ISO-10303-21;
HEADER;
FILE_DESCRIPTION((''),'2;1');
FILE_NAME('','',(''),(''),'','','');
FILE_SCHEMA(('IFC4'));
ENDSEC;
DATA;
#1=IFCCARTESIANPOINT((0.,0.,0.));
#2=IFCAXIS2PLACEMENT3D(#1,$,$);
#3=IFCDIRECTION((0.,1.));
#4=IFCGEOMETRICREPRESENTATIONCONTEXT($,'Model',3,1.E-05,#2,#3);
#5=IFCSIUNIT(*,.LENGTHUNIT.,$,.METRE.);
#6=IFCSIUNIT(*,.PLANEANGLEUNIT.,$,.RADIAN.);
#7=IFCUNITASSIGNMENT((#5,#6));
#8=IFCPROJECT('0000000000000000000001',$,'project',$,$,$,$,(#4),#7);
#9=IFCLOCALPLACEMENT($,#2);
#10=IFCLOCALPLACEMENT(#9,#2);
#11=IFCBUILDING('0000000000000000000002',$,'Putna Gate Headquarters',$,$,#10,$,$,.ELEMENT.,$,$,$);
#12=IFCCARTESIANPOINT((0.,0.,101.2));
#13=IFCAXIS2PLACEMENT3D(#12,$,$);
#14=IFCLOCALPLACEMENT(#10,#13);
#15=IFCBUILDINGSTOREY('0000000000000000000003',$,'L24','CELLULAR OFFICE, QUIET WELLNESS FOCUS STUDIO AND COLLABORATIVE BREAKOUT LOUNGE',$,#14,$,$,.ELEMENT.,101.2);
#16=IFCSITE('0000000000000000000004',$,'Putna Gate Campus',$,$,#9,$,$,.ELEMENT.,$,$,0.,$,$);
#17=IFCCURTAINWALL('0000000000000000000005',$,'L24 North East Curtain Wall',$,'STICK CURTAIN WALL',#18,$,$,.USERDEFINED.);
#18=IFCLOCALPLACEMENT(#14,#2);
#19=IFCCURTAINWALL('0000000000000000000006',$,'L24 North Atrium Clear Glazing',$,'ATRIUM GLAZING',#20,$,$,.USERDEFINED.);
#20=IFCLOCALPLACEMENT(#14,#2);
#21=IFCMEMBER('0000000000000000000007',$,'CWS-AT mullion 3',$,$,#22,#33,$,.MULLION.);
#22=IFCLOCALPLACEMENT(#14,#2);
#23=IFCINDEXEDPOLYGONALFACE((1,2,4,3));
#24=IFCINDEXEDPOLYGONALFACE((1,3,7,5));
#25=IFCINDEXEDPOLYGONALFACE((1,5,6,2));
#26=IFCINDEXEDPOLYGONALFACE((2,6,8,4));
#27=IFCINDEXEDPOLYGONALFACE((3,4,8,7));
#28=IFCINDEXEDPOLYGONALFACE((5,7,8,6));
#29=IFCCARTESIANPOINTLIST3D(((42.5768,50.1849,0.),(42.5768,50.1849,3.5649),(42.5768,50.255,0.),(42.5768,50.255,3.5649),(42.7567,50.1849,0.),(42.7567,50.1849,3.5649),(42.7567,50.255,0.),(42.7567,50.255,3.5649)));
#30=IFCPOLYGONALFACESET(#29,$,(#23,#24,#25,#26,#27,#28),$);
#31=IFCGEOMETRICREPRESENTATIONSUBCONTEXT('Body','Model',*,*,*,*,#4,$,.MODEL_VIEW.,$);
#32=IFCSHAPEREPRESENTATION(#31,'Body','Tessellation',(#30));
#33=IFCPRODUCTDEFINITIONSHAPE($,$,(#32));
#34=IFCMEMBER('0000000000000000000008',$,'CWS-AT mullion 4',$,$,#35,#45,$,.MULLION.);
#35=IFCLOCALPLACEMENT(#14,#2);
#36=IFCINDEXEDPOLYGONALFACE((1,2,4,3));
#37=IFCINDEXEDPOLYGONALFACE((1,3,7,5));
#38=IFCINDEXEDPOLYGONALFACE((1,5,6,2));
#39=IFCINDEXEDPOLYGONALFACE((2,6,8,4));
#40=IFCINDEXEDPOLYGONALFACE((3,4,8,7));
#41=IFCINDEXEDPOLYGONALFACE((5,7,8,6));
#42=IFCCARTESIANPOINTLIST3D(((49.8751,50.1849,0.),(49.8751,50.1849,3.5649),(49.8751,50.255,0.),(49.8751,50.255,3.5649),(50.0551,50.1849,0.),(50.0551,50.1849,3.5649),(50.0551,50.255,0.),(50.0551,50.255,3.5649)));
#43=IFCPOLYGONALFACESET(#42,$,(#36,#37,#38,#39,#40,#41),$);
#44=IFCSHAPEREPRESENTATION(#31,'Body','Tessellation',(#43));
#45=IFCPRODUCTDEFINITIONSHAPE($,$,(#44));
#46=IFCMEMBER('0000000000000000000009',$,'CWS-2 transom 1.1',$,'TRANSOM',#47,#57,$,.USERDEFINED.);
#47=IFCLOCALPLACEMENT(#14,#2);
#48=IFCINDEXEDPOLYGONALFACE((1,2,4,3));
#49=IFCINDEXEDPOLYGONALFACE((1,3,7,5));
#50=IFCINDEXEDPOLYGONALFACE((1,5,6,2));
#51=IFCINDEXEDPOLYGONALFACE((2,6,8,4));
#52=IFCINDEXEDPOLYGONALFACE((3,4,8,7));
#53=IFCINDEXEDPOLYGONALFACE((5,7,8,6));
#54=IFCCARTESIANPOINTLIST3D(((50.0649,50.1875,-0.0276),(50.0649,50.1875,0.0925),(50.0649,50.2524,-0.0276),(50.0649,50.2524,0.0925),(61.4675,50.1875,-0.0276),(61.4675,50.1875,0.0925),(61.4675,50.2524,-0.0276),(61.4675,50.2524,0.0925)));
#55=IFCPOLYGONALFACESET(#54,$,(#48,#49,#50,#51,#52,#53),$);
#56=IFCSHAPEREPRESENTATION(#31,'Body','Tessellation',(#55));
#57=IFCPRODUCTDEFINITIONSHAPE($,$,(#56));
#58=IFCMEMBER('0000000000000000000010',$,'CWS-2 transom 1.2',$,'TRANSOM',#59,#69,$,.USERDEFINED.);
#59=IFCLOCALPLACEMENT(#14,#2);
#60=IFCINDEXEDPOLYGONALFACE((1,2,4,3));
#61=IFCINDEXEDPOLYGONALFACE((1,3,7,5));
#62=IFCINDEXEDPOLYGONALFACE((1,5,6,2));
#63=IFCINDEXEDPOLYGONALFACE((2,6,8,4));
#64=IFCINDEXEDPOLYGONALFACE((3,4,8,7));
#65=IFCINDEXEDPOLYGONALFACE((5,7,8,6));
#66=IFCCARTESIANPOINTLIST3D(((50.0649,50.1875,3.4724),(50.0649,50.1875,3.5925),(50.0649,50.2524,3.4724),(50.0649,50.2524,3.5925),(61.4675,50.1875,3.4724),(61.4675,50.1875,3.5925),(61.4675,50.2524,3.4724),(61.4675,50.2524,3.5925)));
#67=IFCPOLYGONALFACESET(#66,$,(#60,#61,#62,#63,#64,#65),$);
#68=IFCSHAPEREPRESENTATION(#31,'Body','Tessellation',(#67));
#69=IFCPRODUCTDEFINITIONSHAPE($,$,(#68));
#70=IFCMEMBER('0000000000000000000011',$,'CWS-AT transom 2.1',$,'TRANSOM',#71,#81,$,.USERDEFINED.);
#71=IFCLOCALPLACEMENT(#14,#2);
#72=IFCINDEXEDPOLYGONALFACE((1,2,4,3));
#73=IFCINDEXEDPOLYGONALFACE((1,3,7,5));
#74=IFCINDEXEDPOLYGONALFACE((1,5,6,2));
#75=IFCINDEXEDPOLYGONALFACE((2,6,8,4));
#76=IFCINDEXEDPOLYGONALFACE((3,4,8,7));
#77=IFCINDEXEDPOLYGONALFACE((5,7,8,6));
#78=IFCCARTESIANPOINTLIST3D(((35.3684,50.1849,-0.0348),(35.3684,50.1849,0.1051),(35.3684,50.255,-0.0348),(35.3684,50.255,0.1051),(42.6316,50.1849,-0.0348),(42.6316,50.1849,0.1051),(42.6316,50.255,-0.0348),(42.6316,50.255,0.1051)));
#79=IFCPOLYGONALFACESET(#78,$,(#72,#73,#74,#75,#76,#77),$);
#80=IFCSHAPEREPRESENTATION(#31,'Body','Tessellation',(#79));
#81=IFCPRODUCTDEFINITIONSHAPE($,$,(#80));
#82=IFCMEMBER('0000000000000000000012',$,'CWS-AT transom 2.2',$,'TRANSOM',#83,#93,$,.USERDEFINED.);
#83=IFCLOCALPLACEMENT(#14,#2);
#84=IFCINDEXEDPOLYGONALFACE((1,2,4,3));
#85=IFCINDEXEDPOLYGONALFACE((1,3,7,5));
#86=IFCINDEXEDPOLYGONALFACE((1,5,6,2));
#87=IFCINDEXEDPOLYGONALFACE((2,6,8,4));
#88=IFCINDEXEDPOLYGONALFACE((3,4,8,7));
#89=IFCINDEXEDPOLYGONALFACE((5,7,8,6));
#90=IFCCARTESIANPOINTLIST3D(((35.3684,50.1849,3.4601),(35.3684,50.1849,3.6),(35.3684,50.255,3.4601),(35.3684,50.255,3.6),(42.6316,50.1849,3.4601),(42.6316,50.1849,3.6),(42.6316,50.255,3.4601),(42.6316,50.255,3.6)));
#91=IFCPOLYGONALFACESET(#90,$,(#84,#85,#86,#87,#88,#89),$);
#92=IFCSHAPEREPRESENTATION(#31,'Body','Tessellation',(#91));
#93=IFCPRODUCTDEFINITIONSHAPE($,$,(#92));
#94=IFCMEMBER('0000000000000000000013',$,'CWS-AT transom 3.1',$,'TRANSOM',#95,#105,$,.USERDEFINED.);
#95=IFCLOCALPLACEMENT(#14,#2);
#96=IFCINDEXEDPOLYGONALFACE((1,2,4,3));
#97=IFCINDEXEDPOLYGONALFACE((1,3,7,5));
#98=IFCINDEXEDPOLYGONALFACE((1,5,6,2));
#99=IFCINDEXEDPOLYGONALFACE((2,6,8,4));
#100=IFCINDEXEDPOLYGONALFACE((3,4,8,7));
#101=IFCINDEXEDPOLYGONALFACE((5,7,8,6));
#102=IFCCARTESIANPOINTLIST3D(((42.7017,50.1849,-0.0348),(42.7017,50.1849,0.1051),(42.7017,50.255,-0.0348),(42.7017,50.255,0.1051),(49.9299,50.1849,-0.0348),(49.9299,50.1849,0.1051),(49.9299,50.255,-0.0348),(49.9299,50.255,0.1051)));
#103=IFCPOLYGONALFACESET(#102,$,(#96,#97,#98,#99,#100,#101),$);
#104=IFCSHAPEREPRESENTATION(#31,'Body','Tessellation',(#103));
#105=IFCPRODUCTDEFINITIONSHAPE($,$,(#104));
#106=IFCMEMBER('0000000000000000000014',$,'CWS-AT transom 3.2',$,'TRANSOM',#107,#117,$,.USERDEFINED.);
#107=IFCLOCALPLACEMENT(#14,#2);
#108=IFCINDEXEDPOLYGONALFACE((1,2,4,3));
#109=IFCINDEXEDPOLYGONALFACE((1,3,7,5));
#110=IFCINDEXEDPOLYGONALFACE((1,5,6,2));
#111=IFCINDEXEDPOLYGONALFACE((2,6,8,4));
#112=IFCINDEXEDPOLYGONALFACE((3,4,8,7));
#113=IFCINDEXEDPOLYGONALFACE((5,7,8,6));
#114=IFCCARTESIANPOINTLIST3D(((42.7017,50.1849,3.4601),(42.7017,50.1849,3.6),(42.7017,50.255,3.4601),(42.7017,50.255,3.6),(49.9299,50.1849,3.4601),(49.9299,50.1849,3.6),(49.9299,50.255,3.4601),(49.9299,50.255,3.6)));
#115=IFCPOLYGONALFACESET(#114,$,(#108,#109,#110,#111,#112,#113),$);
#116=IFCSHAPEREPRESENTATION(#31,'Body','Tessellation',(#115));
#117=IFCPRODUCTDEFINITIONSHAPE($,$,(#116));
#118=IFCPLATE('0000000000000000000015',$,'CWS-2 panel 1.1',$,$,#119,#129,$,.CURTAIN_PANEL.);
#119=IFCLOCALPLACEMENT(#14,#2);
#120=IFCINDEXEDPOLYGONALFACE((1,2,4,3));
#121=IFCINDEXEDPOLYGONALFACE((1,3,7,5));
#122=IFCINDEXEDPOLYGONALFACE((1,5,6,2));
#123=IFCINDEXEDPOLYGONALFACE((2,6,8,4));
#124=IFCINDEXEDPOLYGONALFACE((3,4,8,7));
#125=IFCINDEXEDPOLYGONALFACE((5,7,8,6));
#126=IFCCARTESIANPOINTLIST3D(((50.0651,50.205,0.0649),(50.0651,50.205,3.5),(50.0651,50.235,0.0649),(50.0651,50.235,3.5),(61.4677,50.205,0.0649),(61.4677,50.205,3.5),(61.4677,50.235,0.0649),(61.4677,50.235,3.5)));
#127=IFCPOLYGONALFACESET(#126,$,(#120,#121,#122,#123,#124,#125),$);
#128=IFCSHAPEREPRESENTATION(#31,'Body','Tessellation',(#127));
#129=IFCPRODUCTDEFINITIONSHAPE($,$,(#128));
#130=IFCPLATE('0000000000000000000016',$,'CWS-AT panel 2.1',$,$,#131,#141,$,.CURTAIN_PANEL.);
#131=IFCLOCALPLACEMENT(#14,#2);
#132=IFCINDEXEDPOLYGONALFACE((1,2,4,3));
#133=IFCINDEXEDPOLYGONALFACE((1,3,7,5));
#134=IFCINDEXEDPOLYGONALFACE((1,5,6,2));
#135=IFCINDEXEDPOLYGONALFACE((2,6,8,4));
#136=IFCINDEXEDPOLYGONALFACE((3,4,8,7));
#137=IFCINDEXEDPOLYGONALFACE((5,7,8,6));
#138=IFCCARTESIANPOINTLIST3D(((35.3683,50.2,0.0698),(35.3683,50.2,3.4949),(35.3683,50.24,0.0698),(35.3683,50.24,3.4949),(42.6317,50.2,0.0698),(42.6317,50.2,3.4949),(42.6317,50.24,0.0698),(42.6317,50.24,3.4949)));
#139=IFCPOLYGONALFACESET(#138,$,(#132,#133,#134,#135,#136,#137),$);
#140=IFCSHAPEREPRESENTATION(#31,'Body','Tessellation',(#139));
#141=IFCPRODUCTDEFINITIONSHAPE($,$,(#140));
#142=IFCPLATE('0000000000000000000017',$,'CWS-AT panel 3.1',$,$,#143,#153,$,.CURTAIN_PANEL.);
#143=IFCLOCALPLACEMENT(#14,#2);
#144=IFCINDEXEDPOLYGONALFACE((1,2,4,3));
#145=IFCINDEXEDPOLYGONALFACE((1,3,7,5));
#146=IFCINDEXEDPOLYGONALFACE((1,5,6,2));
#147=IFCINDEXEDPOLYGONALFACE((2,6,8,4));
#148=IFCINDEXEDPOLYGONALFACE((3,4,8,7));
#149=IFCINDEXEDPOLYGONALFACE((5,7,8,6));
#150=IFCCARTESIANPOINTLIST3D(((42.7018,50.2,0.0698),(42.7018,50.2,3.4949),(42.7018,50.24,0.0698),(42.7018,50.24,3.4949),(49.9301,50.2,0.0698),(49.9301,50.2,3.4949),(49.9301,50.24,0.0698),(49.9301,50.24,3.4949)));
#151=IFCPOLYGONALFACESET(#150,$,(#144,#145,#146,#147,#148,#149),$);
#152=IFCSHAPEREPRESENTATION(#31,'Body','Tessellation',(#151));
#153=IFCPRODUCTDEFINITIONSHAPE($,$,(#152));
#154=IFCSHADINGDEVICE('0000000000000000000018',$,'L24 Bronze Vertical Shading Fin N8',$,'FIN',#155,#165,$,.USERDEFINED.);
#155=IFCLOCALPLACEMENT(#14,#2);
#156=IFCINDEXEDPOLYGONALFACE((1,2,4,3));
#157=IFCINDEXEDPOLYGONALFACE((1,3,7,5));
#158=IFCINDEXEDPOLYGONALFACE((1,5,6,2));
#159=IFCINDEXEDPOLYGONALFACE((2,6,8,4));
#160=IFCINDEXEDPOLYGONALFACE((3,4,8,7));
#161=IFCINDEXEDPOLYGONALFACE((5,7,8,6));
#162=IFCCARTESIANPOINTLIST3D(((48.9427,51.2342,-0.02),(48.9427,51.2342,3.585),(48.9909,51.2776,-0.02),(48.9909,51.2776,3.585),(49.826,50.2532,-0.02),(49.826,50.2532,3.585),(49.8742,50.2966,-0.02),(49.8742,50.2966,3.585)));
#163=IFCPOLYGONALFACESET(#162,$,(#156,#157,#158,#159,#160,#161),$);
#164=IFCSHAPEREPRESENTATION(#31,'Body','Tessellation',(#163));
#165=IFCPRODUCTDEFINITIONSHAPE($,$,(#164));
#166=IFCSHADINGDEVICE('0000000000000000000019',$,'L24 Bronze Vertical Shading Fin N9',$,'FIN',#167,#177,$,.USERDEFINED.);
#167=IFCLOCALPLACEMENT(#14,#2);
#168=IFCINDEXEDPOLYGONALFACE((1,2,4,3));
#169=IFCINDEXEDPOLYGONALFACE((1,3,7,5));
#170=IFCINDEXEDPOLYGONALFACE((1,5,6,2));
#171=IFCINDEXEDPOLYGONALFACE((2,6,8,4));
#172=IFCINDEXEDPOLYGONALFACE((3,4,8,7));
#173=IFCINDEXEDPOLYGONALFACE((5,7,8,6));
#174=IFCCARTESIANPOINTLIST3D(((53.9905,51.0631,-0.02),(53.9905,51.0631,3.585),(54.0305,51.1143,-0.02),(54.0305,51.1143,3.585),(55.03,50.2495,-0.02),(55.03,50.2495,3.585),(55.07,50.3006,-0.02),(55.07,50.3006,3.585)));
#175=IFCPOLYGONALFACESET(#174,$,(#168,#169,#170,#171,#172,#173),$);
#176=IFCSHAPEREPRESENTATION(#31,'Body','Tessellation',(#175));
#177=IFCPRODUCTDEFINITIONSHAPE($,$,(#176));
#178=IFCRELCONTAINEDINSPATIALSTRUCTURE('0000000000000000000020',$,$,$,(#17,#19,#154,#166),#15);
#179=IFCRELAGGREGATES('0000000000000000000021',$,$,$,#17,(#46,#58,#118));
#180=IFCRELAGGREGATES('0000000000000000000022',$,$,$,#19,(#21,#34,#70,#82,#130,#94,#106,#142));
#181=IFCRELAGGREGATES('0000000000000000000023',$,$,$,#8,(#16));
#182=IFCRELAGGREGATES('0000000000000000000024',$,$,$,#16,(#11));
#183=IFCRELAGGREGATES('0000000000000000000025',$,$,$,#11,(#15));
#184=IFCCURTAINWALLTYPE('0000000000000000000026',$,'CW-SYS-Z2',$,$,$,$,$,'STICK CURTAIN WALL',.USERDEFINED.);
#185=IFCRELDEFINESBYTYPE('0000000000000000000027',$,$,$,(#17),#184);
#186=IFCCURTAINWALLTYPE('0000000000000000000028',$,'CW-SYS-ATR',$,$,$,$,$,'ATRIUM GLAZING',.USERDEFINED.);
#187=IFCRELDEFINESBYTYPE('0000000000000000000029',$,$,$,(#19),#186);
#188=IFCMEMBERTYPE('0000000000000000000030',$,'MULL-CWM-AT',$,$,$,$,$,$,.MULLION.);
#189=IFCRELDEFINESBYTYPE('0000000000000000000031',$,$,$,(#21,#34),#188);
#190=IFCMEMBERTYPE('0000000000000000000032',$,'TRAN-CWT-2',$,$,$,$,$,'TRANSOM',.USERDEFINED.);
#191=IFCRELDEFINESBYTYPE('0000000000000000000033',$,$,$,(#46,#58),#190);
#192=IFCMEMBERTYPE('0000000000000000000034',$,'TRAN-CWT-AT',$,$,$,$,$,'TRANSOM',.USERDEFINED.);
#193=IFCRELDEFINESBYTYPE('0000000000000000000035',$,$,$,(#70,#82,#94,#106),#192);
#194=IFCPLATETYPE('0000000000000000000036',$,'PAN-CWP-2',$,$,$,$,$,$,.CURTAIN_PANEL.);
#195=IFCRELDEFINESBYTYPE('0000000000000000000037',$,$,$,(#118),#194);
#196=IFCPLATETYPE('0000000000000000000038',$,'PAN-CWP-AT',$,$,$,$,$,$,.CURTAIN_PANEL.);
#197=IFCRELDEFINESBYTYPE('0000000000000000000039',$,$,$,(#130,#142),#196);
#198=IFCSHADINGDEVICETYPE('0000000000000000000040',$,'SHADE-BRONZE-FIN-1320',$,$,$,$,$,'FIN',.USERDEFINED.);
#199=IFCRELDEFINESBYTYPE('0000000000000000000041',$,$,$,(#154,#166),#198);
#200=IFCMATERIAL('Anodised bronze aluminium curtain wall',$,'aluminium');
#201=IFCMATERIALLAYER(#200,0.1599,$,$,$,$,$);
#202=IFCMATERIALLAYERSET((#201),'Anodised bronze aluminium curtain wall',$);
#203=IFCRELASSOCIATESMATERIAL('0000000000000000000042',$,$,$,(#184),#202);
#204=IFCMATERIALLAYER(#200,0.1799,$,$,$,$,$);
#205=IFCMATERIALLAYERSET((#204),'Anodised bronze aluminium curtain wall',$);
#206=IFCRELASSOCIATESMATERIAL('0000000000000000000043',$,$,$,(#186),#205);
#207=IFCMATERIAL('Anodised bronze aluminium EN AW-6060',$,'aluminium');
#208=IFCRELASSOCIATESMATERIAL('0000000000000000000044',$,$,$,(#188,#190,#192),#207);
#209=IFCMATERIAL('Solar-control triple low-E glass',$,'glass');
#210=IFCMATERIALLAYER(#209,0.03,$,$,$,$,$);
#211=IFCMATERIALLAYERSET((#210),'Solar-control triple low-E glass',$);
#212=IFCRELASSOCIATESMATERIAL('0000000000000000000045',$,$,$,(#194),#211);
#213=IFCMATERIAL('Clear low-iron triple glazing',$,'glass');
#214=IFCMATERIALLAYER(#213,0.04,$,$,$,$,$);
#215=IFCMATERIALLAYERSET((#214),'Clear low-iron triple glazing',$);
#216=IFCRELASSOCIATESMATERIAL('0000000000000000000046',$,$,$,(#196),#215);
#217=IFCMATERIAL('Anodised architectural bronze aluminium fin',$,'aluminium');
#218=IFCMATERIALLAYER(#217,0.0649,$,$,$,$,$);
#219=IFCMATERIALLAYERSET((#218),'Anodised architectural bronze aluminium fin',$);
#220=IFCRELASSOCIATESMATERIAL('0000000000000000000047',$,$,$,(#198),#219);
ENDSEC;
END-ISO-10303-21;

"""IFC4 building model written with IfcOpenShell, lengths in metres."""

from ifc_helpers import new_model, si_unit, direction, frame, origin, origin_2d, place, context, subcontext, project, spatial, rectangle, extrude, material, layer, layer_set, material_profile, profile_set, type_object, element, aggregate, save


model = new_model("IFC4")

# Units and contexts
model_context = context("Model", 3, precision=1e-05, world=origin(), true_north=direction((0.0, 1.0)))
body_context = subcontext(model_context, "Body", "Model", "MODEL_VIEW")
ifc_project = project(units=[si_unit("LENGTHUNIT", "METRE"), si_unit("PLANEANGLEUNIT", "RADIAN")], contexts=[model_context])

# Site, building, storey
site_placement = place(None, origin())
site = spatial("IfcSite", under=ifc_project, at=site_placement, Name="Putna Gate Campus", CompositionType="ELEMENT", RefElevation=0.0)
building_placement = place(site_placement, origin())
building = spatial("IfcBuilding", under=site, at=building_placement, Name="Putna Gate Headquarters", CompositionType="ELEMENT")
storey_placement = place(building_placement, frame((0.0, 0.0, 101.2)))
storey = spatial("IfcBuildingStorey", under=building, at=storey_placement, Name="L24", Description="CELLULAR OFFICE, QUIET WELLNESS FOCUS STUDIO AND COLLABORATIVE BREAKOUT LOUNGE", CompositionType="ELEMENT", Elevation=101.2)

# Curtain wall
ifc_material_1 = material(Name="Anodised bronze aluminium curtain wall", Category="aluminium")
ifc_layer_1 = layer(ifc_material_1, 0.1599)
ifc_layer_set_1 = layer_set([ifc_layer_1], Name="Anodised bronze aluminium curtain wall")
curtain_wall_type_1 = type_object("IfcCurtainWallType", Name="CW-SYS-Z2", ElementType="STICK CURTAIN WALL", PredefinedType="USERDEFINED", material=ifc_layer_set_1)
curtain_wall_1_placement = place(storey_placement, origin())
curtain_wall_1 = element("IfcCurtainWall", 1, at=curtain_wall_1_placement, inside=storey, type_object=curtain_wall_type_1, Name="L24 North East Curtain Wall", ObjectType="STICK CURTAIN WALL", PredefinedType="USERDEFINED")
ifc_material_2 = material(Name="Anodised bronze aluminium EN AW-6060", Category="aluminium")

# Curtain wall, members
ifc_layer_2 = layer(ifc_material_1, 0.1799)
ifc_layer_set_2 = layer_set([ifc_layer_2], Name="Anodised bronze aluminium curtain wall")
curtain_wall_type_2 = type_object("IfcCurtainWallType", Name="CW-SYS-ATR", ElementType="ATRIUM GLAZING", PredefinedType="USERDEFINED", material=ifc_layer_set_2)
curtain_wall_2_placement = place(storey_placement, origin())
curtain_wall_2 = element("IfcCurtainWall", 2, at=curtain_wall_2_placement, inside=storey, type_object=curtain_wall_type_2, Name="L24 North Atrium Clear Glazing", ObjectType="ATRIUM GLAZING", PredefinedType="USERDEFINED")
ifc_material_profile_1 = material_profile(ifc_material_2, rectangle(XDim=0.0701, YDim=0.1799, at=origin_2d()), Name="Anodised bronze aluminium EN AW-6060")
ifc_profile_set_1 = profile_set([ifc_material_profile_1], Name="Anodised bronze aluminium EN AW-6060")
member_type_1 = type_object("IfcMemberType", Name="MULL-CWM-AT", PredefinedType="MULLION", material=ifc_profile_set_1)
member_1_placement = place(storey_placement, frame((42.6667, 50.22, 0.0), z_axis=(0.0, 0.0, 1.0), x_axis=(0.0, 1.0, 0.0)))
member_1 = element("IfcMember", 3, at=member_1_placement, type_object=member_type_1, Name="CWS-AT mullion 3", PredefinedType="MULLION", context=body_context, shape_type="SweptSolid", body=[
    extrude(rectangle(XDim=0.0701, YDim=0.1799, at=origin_2d()), origin(), (0.0, 0.0, 1.0), 3.5649),
])
member_2_placement = place(storey_placement, frame((49.9651, 50.22, 0.0), z_axis=(0.0, 0.0, 1.0), x_axis=(0.0, 1.0, 0.0)))
member_2 = element("IfcMember", 4, at=member_2_placement, type_object=member_type_1, Name="CWS-AT mullion 4", PredefinedType="MULLION", context=body_context, shape_type="SweptSolid", body=[
    extrude(rectangle(XDim=0.0701, YDim=0.1799, at=origin_2d()), origin(), (0.0, 0.0, 1.0), 3.5649),
])

# Members
ifc_material_profile_2 = material_profile(ifc_material_2, rectangle(XDim=0.0649, YDim=0.1201, at=origin_2d()), Name="Anodised bronze aluminium EN AW-6060")
ifc_profile_set_2 = profile_set([ifc_material_profile_2], Name="Anodised bronze aluminium EN AW-6060")
member_type_2 = type_object("IfcMemberType", Name="TRAN-CWT-2", ElementType="TRANSOM", PredefinedType="USERDEFINED", material=ifc_profile_set_2)
member_3_placement = place(storey_placement, frame((50.0649, 50.22, 0.0325), z_axis=(1.0, 0.0, 0.0), x_axis=(0.0, 1.0, 0.0)))
member_3 = element("IfcMember", 5, at=member_3_placement, type_object=member_type_2, Name="CWS-2 transom 1.1", ObjectType="TRANSOM", PredefinedType="USERDEFINED", context=body_context, shape_type="SweptSolid", body=[
    extrude(rectangle(XDim=0.0649, YDim=0.1201, at=origin_2d()), origin(), (0.0, 0.0, 1.0), 11.4026),
])
member_4_placement = place(storey_placement, frame((50.0649, 50.22, 3.5325), z_axis=(1.0, 0.0, 0.0), x_axis=(0.0, 1.0, 0.0)))
member_4 = element("IfcMember", 6, at=member_4_placement, type_object=member_type_2, Name="CWS-2 transom 1.2", ObjectType="TRANSOM", PredefinedType="USERDEFINED", context=body_context, shape_type="SweptSolid", body=[
    extrude(rectangle(XDim=0.0649, YDim=0.1201, at=origin_2d()), origin(), (0.0, 0.0, 1.0), 11.4026),
])
ifc_material_profile_3 = material_profile(ifc_material_2, rectangle(XDim=0.0701, YDim=0.1399, at=origin_2d()), Name="Anodised bronze aluminium EN AW-6060")
ifc_profile_set_3 = profile_set([ifc_material_profile_3], Name="Anodised bronze aluminium EN AW-6060")
member_type_3 = type_object("IfcMemberType", Name="TRAN-CWT-AT", ElementType="TRANSOM", PredefinedType="USERDEFINED", material=ifc_profile_set_3)
member_5_placement = place(storey_placement, frame((35.3684, 50.22, 0.0352), z_axis=(1.0, 0.0, 0.0), x_axis=(0.0, 1.0, 0.0)))
member_5 = element("IfcMember", 7, at=member_5_placement, type_object=member_type_3, Name="CWS-AT transom 2.1", ObjectType="TRANSOM", PredefinedType="USERDEFINED", context=body_context, shape_type="SweptSolid", body=[
    extrude(rectangle(XDim=0.0701, YDim=0.1399, at=origin_2d()), origin(), (0.0, 0.0, 1.0), 7.2632),
])
member_6_placement = place(storey_placement, frame((35.3684, 50.22, 3.53), z_axis=(1.0, 0.0, 0.0), x_axis=(0.0, 1.0, 0.0)))
member_6 = element("IfcMember", 8, at=member_6_placement, type_object=member_type_3, Name="CWS-AT transom 2.2", ObjectType="TRANSOM", PredefinedType="USERDEFINED", context=body_context, shape_type="SweptSolid", body=[
    extrude(rectangle(XDim=0.0701, YDim=0.1399, at=origin_2d()), origin(), (0.0, 0.0, 1.0), 7.2632),
])
member_7_placement = place(storey_placement, frame((42.7017, 50.22, 0.0352), z_axis=(1.0, 0.0, 0.0), x_axis=(0.0, 1.0, 0.0)))
member_7 = element("IfcMember", 9, at=member_7_placement, type_object=member_type_3, Name="CWS-AT transom 3.1", ObjectType="TRANSOM", PredefinedType="USERDEFINED", context=body_context, shape_type="SweptSolid", body=[
    extrude(rectangle(XDim=0.0701, YDim=0.1399, at=origin_2d()), origin(), (0.0, 0.0, 1.0), 7.2283),
])
member_8_placement = place(storey_placement, frame((42.7017, 50.22, 3.53), z_axis=(1.0, 0.0, 0.0), x_axis=(0.0, 1.0, 0.0)))
member_8 = element("IfcMember", 10, at=member_8_placement, type_object=member_type_3, Name="CWS-AT transom 3.2", ObjectType="TRANSOM", PredefinedType="USERDEFINED", context=body_context, shape_type="SweptSolid", body=[
    extrude(rectangle(XDim=0.0701, YDim=0.1399, at=origin_2d()), origin(), (0.0, 0.0, 1.0), 7.2283),
])

# Plates
ifc_material_3 = material(Name="Solar-control triple low-E glass", Category="glass")
ifc_layer_3 = layer(ifc_material_3, 0.03)
ifc_layer_set_3 = layer_set([ifc_layer_3], Name="Solar-control triple low-E glass")
plate_type_1 = type_object("IfcPlateType", Name="PAN-CWP-2", PredefinedType="CURTAIN_PANEL", material=ifc_layer_set_3)
plate_1_placement = place(storey_placement, frame((55.7664, 50.22, 0.0649), z_axis=(0.0, 0.0, 1.0), x_axis=(1.0, 0.0, 0.0)))
plate_1 = element("IfcPlate", 11, at=plate_1_placement, type_object=plate_type_1, Name="CWS-2 panel 1.1", PredefinedType="CURTAIN_PANEL", context=body_context, shape_type="SweptSolid", body=[
    extrude(rectangle(XDim=11.4026, YDim=0.03, at=origin_2d()), origin(), (0.0, 0.0, 1.0), 3.4351),
])
aggregate(curtain_wall_1, [member_3, member_4, plate_1])
ifc_material_4 = material(Name="Clear low-iron triple glazing", Category="glass")
ifc_layer_4 = layer(ifc_material_4, 0.04)
ifc_layer_set_4 = layer_set([ifc_layer_4], Name="Clear low-iron triple glazing")
plate_type_2 = type_object("IfcPlateType", Name="PAN-CWP-AT", PredefinedType="CURTAIN_PANEL", material=ifc_layer_set_4)
plate_2_placement = place(storey_placement, frame((39.0, 50.22, 0.0698), z_axis=(0.0, 0.0, 1.0), x_axis=(1.0, 0.0, 0.0)))
plate_2 = element("IfcPlate", 12, at=plate_2_placement, type_object=plate_type_2, Name="CWS-AT panel 2.1", PredefinedType="CURTAIN_PANEL", context=body_context, shape_type="SweptSolid", body=[
    extrude(rectangle(XDim=7.2634, YDim=0.04, at=origin_2d()), origin(), (0.0, 0.0, 1.0), 3.425),
])
plate_3_placement = place(storey_placement, frame((46.3159, 50.22, 0.0698), z_axis=(0.0, 0.0, 1.0), x_axis=(1.0, 0.0, 0.0)))
plate_3 = element("IfcPlate", 13, at=plate_3_placement, type_object=plate_type_2, Name="CWS-AT panel 3.1", PredefinedType="CURTAIN_PANEL", context=body_context, shape_type="SweptSolid", body=[
    extrude(rectangle(XDim=7.2283, YDim=0.04, at=origin_2d()), origin(), (0.0, 0.0, 1.0), 3.425),
])
aggregate(curtain_wall_2, [member_1, member_2, member_5, member_6, plate_2, member_7, member_8, plate_3])

# Shading devices
ifc_material_5 = material(Name="Anodised architectural bronze aluminium fin", Category="aluminium")
ifc_layer_5 = layer(ifc_material_5, 0.0649)
ifc_layer_set_5 = layer_set([ifc_layer_5], Name="Anodised architectural bronze aluminium fin")
shading_device_type = type_object("IfcShadingDeviceType", Name="SHADE-BRONZE-FIN-1320", ElementType="FIN", PredefinedType="USERDEFINED", material=ifc_layer_set_5)
for number, where, z_axis, x_axis, name in (
    (14, (49.4084, 50.7654, -0.02), (0.0, 0.0, 1.0), (-0.669131, 0.743145, 0.0), "L24 Bronze Vertical Shading Fin N8"),
    (15, (54.5303, 50.6819, -0.02), (0.0, 0.0, 1.0), (-0.787473, 0.616349, 0.0), "L24 Bronze Vertical Shading Fin N9"),
):
    element("IfcShadingDevice", number, at=place(storey_placement, frame(where, z_axis=z_axis, x_axis=x_axis)), inside=storey, type_object=shading_device_type, Name=name, ObjectType="FIN", PredefinedType="USERDEFINED", context=body_context, shape_type="SweptSolid", body=[
        extrude(rectangle(XDim=1.3201, YDim=0.0649, at=origin_2d()), origin(), (0.0, 0.0, 1.0), 3.605),
    ])

save(model, "model.ifc")
